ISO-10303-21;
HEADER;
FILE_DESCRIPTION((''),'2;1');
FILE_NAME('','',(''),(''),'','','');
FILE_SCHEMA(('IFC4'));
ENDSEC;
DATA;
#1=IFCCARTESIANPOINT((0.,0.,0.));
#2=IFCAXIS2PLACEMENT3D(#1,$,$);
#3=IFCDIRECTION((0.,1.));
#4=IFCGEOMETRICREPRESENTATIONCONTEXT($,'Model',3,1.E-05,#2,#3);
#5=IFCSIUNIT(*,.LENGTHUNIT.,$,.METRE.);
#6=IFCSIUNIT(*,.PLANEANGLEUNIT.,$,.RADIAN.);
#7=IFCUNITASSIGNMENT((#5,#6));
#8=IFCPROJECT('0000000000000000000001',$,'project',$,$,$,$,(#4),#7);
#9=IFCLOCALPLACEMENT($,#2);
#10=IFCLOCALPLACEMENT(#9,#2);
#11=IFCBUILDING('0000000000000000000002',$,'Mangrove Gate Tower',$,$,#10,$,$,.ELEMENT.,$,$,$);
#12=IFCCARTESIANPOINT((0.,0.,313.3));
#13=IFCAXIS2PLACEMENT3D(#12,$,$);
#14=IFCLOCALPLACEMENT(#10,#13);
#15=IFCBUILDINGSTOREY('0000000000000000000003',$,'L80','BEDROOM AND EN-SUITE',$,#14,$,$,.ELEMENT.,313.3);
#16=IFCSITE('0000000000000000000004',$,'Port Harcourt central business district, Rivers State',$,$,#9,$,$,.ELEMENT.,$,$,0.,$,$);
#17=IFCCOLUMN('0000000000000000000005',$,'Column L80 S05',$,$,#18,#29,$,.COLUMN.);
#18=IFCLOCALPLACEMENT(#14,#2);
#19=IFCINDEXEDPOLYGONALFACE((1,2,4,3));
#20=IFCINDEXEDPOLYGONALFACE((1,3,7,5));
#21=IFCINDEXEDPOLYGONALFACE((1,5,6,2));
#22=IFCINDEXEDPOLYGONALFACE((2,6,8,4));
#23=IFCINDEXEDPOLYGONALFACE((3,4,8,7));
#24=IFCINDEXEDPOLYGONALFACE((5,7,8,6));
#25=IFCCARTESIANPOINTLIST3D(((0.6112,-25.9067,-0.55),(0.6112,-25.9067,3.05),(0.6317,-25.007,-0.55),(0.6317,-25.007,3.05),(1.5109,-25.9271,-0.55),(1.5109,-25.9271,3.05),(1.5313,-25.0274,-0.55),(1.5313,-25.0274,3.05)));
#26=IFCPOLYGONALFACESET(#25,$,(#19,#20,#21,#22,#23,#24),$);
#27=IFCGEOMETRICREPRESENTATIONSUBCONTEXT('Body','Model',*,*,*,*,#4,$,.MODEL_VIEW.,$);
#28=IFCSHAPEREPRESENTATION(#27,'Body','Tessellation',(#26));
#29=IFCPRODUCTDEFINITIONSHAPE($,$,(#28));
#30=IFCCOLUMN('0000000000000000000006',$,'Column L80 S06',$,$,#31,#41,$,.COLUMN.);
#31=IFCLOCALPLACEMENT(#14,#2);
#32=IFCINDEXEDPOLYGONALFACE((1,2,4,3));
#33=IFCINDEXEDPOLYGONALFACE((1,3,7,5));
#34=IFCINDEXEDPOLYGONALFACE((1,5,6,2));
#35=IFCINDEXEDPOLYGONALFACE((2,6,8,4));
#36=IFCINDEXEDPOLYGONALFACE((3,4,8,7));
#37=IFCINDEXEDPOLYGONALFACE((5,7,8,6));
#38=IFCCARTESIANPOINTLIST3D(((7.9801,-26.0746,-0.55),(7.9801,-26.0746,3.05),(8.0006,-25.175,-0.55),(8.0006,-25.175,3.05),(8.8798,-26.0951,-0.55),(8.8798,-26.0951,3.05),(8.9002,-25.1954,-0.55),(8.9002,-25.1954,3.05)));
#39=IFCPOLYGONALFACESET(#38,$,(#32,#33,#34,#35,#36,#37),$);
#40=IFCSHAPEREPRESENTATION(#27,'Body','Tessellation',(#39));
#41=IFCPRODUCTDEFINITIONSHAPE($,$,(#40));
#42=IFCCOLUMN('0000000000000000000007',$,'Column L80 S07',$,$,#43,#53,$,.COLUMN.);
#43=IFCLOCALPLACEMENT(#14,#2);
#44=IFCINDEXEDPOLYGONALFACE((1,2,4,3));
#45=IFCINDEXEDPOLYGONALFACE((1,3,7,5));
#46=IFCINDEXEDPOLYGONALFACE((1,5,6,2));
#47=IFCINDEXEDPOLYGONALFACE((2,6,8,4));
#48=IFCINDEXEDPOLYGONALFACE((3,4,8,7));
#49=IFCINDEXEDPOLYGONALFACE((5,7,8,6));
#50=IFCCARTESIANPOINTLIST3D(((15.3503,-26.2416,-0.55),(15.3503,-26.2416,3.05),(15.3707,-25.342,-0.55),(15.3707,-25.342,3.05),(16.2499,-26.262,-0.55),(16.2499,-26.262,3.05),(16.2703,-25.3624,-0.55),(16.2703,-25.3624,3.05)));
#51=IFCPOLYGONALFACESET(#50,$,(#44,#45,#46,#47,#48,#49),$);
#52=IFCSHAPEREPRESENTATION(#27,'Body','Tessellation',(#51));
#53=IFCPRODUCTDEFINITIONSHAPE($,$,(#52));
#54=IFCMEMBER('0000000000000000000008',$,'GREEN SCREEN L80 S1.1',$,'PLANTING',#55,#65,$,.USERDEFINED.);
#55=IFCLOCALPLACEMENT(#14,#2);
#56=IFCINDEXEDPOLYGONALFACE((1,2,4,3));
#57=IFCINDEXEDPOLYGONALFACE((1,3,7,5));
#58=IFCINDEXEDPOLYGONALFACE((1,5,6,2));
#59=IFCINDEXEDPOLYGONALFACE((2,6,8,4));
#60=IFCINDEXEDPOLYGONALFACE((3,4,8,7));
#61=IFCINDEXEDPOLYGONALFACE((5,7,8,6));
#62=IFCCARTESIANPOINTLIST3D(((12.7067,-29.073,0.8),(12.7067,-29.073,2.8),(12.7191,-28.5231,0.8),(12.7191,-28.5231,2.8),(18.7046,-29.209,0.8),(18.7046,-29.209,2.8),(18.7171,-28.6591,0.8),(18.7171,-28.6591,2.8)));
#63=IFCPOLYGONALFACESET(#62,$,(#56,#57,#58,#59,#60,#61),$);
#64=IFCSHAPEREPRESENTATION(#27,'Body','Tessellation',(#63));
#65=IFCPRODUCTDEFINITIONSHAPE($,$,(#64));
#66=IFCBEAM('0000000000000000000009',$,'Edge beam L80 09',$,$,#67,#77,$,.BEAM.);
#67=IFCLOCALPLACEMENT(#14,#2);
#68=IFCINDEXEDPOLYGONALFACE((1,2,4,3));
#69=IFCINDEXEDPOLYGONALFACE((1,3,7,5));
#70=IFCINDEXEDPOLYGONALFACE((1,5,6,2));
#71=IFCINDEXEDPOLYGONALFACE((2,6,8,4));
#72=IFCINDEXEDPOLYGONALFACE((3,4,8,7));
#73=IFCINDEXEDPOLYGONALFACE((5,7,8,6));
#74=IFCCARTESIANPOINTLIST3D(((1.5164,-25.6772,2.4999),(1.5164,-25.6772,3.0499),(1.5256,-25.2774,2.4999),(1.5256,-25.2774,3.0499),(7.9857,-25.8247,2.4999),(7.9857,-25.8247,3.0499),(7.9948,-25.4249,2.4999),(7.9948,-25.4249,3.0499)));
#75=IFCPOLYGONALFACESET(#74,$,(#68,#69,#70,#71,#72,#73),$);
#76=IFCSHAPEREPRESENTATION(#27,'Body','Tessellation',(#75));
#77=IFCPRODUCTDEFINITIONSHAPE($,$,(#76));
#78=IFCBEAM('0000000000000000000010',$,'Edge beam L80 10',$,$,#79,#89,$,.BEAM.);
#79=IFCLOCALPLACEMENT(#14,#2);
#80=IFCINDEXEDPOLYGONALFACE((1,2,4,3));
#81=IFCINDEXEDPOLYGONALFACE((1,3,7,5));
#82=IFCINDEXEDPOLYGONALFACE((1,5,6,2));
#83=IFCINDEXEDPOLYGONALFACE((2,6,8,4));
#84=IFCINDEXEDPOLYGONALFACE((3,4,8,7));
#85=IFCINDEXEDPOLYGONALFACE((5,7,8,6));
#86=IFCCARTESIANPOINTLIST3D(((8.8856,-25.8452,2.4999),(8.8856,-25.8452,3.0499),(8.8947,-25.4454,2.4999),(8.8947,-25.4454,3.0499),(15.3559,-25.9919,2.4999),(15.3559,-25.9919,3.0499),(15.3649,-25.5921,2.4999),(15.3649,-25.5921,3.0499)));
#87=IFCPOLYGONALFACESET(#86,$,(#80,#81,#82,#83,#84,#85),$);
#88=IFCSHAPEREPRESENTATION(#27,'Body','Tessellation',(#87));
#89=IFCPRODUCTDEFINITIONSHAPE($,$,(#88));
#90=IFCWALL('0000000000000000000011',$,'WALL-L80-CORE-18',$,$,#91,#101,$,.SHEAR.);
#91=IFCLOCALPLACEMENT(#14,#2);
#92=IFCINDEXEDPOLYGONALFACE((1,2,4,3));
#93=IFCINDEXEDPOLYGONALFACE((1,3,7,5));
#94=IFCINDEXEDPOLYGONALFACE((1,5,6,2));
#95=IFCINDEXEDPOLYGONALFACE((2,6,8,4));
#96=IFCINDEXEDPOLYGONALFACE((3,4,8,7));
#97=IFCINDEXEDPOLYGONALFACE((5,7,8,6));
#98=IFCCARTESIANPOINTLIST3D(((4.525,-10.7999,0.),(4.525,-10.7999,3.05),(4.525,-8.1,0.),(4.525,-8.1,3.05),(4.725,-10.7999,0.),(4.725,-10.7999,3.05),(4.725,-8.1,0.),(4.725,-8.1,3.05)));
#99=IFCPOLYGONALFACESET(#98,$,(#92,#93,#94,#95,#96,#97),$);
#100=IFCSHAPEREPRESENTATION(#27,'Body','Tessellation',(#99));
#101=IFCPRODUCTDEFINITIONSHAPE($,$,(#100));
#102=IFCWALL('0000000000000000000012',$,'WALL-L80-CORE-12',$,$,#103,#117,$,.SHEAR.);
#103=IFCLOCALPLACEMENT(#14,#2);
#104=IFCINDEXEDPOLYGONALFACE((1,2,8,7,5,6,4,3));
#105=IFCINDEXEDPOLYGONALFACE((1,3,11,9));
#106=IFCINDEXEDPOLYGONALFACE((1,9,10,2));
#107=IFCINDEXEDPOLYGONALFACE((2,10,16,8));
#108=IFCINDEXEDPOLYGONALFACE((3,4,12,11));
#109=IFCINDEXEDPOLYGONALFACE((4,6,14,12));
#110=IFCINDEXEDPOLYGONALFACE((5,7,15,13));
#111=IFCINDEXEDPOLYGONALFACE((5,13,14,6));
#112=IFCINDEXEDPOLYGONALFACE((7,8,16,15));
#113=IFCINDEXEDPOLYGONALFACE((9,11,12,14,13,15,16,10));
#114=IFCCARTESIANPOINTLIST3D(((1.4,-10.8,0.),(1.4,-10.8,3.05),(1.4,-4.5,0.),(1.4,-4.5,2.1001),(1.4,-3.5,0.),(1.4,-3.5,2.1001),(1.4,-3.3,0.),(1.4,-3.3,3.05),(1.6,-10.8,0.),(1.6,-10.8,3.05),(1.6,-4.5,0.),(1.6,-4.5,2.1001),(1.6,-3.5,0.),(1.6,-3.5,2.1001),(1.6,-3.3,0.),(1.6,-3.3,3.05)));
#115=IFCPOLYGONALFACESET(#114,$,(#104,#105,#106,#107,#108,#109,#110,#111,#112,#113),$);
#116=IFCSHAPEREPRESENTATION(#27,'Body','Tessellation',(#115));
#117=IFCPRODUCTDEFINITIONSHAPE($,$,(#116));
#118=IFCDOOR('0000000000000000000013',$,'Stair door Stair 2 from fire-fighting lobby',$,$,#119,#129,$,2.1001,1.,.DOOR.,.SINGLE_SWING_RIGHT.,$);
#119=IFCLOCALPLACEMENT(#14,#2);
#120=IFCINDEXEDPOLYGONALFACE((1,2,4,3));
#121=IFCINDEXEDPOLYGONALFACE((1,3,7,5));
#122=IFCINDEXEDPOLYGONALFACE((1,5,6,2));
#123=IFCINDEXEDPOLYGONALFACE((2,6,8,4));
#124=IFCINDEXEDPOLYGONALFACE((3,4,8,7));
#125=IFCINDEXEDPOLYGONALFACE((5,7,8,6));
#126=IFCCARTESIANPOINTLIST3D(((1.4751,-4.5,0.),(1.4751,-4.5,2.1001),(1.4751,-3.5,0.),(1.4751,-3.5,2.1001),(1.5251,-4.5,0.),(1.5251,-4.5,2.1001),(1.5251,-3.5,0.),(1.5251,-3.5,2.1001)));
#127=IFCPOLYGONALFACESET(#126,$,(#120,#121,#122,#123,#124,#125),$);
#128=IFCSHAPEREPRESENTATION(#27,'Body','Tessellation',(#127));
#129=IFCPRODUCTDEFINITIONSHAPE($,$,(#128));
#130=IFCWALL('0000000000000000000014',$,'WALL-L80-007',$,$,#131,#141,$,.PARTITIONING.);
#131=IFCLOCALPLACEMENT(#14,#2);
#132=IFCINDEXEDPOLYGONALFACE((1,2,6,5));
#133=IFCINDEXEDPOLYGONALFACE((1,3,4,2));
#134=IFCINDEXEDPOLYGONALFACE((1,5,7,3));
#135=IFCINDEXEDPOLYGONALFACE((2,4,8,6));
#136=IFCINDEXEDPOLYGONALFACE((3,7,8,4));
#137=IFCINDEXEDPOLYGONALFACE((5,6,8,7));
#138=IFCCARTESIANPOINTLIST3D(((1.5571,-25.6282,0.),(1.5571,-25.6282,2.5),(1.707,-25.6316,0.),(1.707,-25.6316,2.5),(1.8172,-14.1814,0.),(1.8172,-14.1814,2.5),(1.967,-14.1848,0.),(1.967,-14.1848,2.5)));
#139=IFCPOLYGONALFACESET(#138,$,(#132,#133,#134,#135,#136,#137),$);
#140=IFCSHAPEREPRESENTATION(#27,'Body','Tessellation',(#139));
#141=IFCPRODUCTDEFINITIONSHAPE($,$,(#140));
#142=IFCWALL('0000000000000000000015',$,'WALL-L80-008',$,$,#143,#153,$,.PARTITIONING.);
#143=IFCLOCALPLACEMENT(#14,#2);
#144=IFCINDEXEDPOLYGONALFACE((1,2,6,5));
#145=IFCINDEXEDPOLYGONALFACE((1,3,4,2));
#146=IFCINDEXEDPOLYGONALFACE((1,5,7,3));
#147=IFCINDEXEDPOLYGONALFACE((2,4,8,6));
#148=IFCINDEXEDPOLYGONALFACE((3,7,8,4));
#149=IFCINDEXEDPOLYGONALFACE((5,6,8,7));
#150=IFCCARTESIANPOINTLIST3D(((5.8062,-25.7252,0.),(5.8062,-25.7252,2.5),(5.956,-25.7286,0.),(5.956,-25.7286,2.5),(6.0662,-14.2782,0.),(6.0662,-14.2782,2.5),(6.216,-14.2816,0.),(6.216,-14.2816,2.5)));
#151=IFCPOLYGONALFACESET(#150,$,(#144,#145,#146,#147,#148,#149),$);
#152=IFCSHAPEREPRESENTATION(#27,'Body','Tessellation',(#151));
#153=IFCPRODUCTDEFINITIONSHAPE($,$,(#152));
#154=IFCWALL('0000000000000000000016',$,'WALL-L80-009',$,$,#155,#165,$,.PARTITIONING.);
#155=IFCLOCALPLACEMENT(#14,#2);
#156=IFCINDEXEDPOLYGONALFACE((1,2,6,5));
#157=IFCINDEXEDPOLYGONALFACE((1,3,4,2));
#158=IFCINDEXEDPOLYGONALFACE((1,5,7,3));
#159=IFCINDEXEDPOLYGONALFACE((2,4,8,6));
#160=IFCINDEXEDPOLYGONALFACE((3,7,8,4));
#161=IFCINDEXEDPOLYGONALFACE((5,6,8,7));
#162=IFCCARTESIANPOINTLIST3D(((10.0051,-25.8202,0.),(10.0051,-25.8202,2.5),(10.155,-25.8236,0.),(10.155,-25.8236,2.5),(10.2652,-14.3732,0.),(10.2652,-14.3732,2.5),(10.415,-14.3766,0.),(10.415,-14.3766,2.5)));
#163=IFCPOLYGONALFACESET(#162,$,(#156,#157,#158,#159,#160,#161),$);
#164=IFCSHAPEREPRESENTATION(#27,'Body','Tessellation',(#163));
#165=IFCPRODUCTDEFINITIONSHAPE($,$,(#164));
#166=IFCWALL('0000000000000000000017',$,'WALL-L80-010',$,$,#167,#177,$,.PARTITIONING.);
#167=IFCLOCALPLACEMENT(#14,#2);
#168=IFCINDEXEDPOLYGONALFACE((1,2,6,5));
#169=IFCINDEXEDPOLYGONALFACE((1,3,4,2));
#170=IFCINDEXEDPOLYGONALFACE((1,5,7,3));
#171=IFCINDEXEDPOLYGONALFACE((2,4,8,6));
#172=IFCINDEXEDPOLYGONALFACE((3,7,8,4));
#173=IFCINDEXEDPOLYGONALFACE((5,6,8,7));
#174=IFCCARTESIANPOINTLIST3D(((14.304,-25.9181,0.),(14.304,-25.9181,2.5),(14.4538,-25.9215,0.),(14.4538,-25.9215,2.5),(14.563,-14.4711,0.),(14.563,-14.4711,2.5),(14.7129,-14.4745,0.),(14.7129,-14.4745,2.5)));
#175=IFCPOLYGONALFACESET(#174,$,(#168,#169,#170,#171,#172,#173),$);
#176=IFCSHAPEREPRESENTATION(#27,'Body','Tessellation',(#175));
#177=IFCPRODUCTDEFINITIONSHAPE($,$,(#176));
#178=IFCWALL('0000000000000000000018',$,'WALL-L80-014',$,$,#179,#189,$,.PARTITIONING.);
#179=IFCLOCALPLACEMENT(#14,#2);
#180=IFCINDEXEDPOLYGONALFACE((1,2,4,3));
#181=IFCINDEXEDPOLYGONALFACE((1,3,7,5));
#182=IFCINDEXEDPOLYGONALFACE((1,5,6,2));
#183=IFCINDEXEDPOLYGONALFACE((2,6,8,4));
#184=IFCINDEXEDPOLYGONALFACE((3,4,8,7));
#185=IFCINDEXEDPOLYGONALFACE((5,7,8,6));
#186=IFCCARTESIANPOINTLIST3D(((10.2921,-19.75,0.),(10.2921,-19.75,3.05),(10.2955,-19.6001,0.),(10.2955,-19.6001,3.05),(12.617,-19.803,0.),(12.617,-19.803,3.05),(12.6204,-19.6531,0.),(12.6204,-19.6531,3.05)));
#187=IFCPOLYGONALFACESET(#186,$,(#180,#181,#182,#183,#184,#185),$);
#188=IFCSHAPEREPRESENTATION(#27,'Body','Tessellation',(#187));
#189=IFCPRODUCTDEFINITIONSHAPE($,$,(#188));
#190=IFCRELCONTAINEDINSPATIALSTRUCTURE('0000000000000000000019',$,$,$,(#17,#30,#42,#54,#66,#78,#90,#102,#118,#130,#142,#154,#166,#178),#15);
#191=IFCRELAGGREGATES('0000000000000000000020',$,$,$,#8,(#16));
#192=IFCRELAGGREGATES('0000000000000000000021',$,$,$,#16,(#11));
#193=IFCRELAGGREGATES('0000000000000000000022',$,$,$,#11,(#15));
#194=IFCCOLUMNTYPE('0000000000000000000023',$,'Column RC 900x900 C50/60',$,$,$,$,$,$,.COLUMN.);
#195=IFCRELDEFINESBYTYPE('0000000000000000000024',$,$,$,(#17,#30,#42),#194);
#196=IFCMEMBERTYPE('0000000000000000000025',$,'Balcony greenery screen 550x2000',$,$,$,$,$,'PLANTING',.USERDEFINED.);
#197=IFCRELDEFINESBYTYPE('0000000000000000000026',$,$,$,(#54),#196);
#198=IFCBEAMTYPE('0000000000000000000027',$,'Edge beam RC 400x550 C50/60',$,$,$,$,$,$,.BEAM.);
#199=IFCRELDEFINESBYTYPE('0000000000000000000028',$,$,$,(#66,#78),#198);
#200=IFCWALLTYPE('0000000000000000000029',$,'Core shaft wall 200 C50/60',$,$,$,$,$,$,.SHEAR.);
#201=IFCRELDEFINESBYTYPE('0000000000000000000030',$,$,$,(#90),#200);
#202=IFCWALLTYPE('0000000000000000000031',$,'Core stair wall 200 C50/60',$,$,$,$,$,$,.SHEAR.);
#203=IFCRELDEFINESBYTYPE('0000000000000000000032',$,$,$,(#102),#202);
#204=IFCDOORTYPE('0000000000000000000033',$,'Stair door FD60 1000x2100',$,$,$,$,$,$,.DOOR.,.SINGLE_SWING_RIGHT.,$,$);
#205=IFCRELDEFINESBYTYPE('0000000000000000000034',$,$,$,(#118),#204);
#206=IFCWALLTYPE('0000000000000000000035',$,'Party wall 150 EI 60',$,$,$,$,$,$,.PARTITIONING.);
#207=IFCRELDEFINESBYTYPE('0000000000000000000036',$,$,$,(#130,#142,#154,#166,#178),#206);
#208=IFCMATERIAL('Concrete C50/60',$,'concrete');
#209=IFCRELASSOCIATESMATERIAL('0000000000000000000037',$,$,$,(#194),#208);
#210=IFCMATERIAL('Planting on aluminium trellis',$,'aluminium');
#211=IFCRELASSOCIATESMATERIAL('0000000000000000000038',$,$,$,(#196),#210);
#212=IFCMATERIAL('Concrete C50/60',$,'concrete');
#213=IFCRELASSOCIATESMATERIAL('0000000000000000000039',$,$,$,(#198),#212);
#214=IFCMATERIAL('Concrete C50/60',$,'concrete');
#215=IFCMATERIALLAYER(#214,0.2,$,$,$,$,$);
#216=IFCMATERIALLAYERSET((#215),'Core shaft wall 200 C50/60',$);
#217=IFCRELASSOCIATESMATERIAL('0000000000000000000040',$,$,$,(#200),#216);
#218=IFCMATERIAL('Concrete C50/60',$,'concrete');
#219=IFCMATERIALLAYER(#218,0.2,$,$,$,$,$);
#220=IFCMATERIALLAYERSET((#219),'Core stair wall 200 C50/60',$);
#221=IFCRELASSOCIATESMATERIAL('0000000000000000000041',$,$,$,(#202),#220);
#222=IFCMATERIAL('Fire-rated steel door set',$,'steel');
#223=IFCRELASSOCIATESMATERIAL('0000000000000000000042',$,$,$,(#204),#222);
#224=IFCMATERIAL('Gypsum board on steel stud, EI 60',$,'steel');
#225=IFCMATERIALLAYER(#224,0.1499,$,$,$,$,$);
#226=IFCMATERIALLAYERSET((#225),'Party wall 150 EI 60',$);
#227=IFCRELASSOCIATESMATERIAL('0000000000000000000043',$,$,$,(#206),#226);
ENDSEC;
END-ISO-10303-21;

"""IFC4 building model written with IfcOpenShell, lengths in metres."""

from ifc_helpers import new_model, si_unit, direction, frame, frame_2d, origin, origin_2d, place, context, subcontext, project, spatial, rectangle, extrude, material, layer, layer_set, material_profile, profile_set, type_object, element, fill, save


model = new_model("IFC4")

# Units and contexts
model_context = context("Model", 3, precision=1e-05, world=origin(), true_north=direction((0.0, 1.0)))
body_context = subcontext(model_context, "Body", "Model", "MODEL_VIEW")
ifc_project = project(units=[si_unit("LENGTHUNIT", "METRE"), si_unit("PLANEANGLEUNIT", "RADIAN")], contexts=[model_context])

# Site, building, storey
site_placement = place(None, origin())
site = spatial("IfcSite", under=ifc_project, at=site_placement, Name="Port Harcourt central business district, Rivers State", CompositionType="ELEMENT", RefElevation=0.0)
building_placement = place(site_placement, origin())
building = spatial("IfcBuilding", under=site, at=building_placement, Name="Mangrove Gate Tower", CompositionType="ELEMENT")
storey_placement = place(building_placement, frame((0.0, 0.0, 313.3)))
storey = spatial("IfcBuildingStorey", under=building, at=storey_placement, Name="L80", Description="BEDROOM AND EN-SUITE", CompositionType="ELEMENT", Elevation=313.3)

# Columns
ifc_material_1 = material(Name="Concrete C50/60", Category="concrete")
ifc_material_profile_1 = material_profile(ifc_material_1, rectangle(XDim=0.8999, YDim=0.8999, at=origin_2d()))
ifc_profile_set_1 = profile_set([ifc_material_profile_1], Name="Concrete C50/60")
column_type = type_object("IfcColumnType", Name="Column RC 900x900 C50/60", PredefinedType="COLUMN", material=ifc_profile_set_1)
for number, where, z_axis, x_axis, name in (
    (1, (1.0713, -25.467, -0.55), (0.0, 0.0, 1.0), (0.999742, -0.022723, 0.0), "Column L80 S05"),
    (2, (8.4402, -25.635, -0.55), (0.0, 0.0, 1.0), (0.999742, -0.022723, 0.0), "Column L80 S06"),
    (3, (15.8103, -25.802, -0.55), (0.0, 0.0, 1.0), (0.999743, -0.022654, 0.0), "Column L80 S07"),
):
    element("IfcColumn", number, at=place(storey_placement, frame(where, z_axis=z_axis, x_axis=x_axis)), inside=storey, type_object=column_type, Name=name, PredefinedType="COLUMN", context=body_context, shape_type="SweptSolid", body=[
        extrude(rectangle(XDim=0.8999, YDim=0.8999, at=origin_2d()), origin(), (0.0, 0.0, 1.0), 3.6001),
    ])

# Member
ifc_material_2 = material(Name="Planting on aluminium trellis", Category="aluminium")
ifc_material_profile_2 = material_profile(ifc_material_2, rectangle(XDim=0.55, YDim=2.0, at=origin_2d()))
ifc_profile_set_2 = profile_set([ifc_material_profile_2], Name="Planting on aluminium trellis")
member_type = type_object("IfcMemberType", Name="Balcony greenery screen 550x2000", ElementType="PLANTING", PredefinedType="USERDEFINED", material=ifc_profile_set_2)
member_placement = place(storey_placement, frame((12.7129, -28.7981, 1.8), z_axis=(0.999743, -0.022666, 0.0), x_axis=(0.022666, 0.999743, 0.0)))
element("IfcMember", 4, at=member_placement, inside=storey, type_object=member_type, Name="GREEN SCREEN L80 S1.1", ObjectType="PLANTING", PredefinedType="USERDEFINED", context=body_context, shape_type="SweptSolid", body=[
    extrude(rectangle(XDim=0.55, YDim=2.0, at=origin_2d()), origin(), (0.0, 0.0, 1.0), 5.9995),
])

# Beams
ifc_material_3 = material(Name="Concrete C50/60", Category="concrete")
ifc_material_profile_3 = material_profile(ifc_material_3, rectangle(XDim=0.3999, YDim=0.55, at=origin_2d()))
ifc_profile_set_3 = profile_set([ifc_material_profile_3], Name="Concrete C50/60")
beam_type = type_object("IfcBeamType", Name="Edge beam RC 400x550 C50/60", PredefinedType="BEAM", material=ifc_profile_set_3)
beam_1_placement = place(storey_placement, frame((1.521, -25.4773, 2.7749), z_axis=(0.99974, -0.022788, 0.0), x_axis=(0.022788, 0.99974, 0.0)))
element("IfcBeam", 5, at=beam_1_placement, inside=storey, type_object=beam_type, Name="Edge beam L80 09", PredefinedType="BEAM", context=body_context, shape_type="SweptSolid", body=[
    extrude(rectangle(XDim=0.3999, YDim=0.55, at=origin_2d()), origin(), (0.0, 0.0, 1.0), 6.4709),
])
beam_2_placement = place(storey_placement, frame((8.8901, -25.6453, 2.7749), z_axis=(0.999743, -0.022672, 0.0), x_axis=(0.022672, 0.999743, 0.0)))
element("IfcBeam", 6, at=beam_2_placement, inside=storey, type_object=beam_type, Name="Edge beam L80 10", PredefinedType="BEAM", context=body_context, shape_type="SweptSolid", body=[
    extrude(rectangle(XDim=0.3999, YDim=0.55, at=origin_2d()), origin(), (0.0, 0.0, 1.0), 6.4719),
])

# Wall
ifc_material_4 = material(Name="Concrete C50/60", Category="concrete")
ifc_layer_1 = layer(ifc_material_4, 0.2)
ifc_layer_set_1 = layer_set([ifc_layer_1], Name="Core shaft wall 200 C50/60")
wall_type_1 = type_object("IfcWallType", Name="Core shaft wall 200 C50/60", PredefinedType="SHEAR", material=ifc_layer_set_1)
wall_1_placement = place(storey_placement, frame((4.625, -10.8, 0.0), z_axis=(0.0, 0.0, 1.0), x_axis=(0.0, 1.0, 0.0)))
element("IfcWall", 7, at=wall_1_placement, inside=storey, type_object=wall_type_1, Name="WALL-L80-CORE-18", PredefinedType="SHEAR", context=body_context, shape_type="SweptSolid", body=[
    extrude(rectangle(XDim=2.7, YDim=0.2, at=frame_2d((1.3501, 0.0))), origin(), (0.0, 0.0, 1.0), 3.05),
])

# Wall, opening, door
ifc_material_5 = material(Name="Concrete C50/60", Category="concrete")
ifc_layer_2 = layer(ifc_material_5, 0.2)
ifc_layer_set_2 = layer_set([ifc_layer_2], Name="Core stair wall 200 C50/60")
wall_type_2 = type_object("IfcWallType", Name="Core stair wall 200 C50/60", PredefinedType="SHEAR", material=ifc_layer_set_2)
wall_2_placement = place(storey_placement, frame((1.5, -10.8, 0.0), z_axis=(0.0, 0.0, 1.0), x_axis=(0.0, 1.0, 0.0)))
wall_2 = element("IfcWall", 8, at=wall_2_placement, inside=storey, type_object=wall_type_2, Name="WALL-L80-CORE-12", PredefinedType="SHEAR", context=body_context, shape_type="SweptSolid", body=[
    extrude(rectangle(XDim=7.5, YDim=0.2, at=frame_2d((3.75, 0.0))), origin(), (0.0, 0.0, 1.0), 3.05),
])
opening_1_placement = place(wall_2_placement, frame((6.3, 0.0, 0.0)))
opening_1 = element("IfcOpeningElement", 9, at=opening_1_placement, cuts=wall_2, PredefinedType="OPENING", context=body_context, shape_type="SweptSolid", body=[
    extrude(rectangle(XDim=1.0, YDim=2.1001, at=frame_2d((0.5, 1.05))), frame((0.0, 0.1099, 0.0), z_axis=(0.0, -1.0, 0.0), x_axis=(1.0, 0.0, 0.0)), (0.0, 0.0, 1.0), 0.22),
])
ifc_material_6 = material(Name="Fire-rated steel door set", Category="steel")
door_type_1 = type_object("IfcDoorType", Name="Stair door FD60 1000x2100", OperationType="SINGLE_SWING_RIGHT", PredefinedType="DOOR", material=ifc_material_6)
door_1_placement = place(opening_1_placement, origin())
door_1 = element("IfcDoor", 10, at=door_1_placement, inside=storey, type_object=door_type_1, Name="Stair door Stair 2 from fire-fighting lobby", OperationType="SINGLE_SWING_RIGHT", OverallHeight=2.1001, OverallWidth=1.0, PredefinedType="DOOR", context=body_context, shape_type="SweptSolid", body=[
    extrude(rectangle(XDim=1.0, YDim=2.1001, at=frame_2d((0.5, 1.05))), frame((0.0, 0.0249, 0.0), z_axis=(0.0, -1.0, 0.0), x_axis=(1.0, 0.0, 0.0)), (0.0, 0.0, 1.0), 0.05),
])
fill(opening_1, door_1)

# Walls
ifc_material_7 = material(Name="Gypsum board on steel stud, EI 60", Category="steel")
ifc_layer_3 = layer(ifc_material_7, 0.1499)
ifc_layer_set_3 = layer_set([ifc_layer_3], Name="Party wall 150 EI 60")
wall_type_3 = type_object("IfcWallType", Name="Party wall 150 EI 60", PredefinedType="PARTITIONING", material=ifc_layer_set_3)
wall_3_placement = place(storey_placement, frame((1.6321, -25.6299, 0.0), z_axis=(0.0, 0.0, 1.0), x_axis=(0.022709, 0.999742, 0.0)))
element("IfcWall", 11, at=wall_3_placement, inside=storey, type_object=wall_type_3, Name="WALL-L80-007", PredefinedType="PARTITIONING", context=body_context, shape_type="SweptSolid", body=[
    extrude(rectangle(XDim=11.4497, YDim=0.1499, at=frame_2d((5.7249, 0.0))), origin(), (0.0, 0.0, 1.0), 2.5),
])
for number, where, z_axis, x_axis, name in (
    (12, (5.8811, -25.7271, 0.0), (0.0, 0.0, 1.0), (0.022708, 0.999742, 0.0), "WALL-L80-008"),
    (13, (10.0801, -25.822, 0.0), (0.0, 0.0, 1.0), (0.022708, 0.999742, 0.0), "WALL-L80-009"),
    (14, (14.3789, -25.9199, 0.0), (0.0, 0.0, 1.0), (0.022623, 0.999744, 0.0), "WALL-L80-010"),
):
    element("IfcWall", number, at=place(storey_placement, frame(where, z_axis=z_axis, x_axis=x_axis)), inside=storey, type_object=wall_type_3, Name=name, PredefinedType="PARTITIONING", context=body_context, shape_type="SweptSolid", body=[
        extrude(rectangle(XDim=11.45, YDim=0.1499, at=frame_2d((5.7251, 0.0))), origin(), (0.0, 0.0, 1.0), 2.5),
    ])
wall_4_placement = place(storey_placement, frame((10.2939, -19.675, 0.0), z_axis=(0.0, 0.0, 1.0), x_axis=(0.99974, -0.022781, 0.0)))
element("IfcWall", 15, at=wall_4_placement, inside=storey, type_object=wall_type_3, Name="WALL-L80-014", PredefinedType="PARTITIONING", context=body_context, shape_type="SweptSolid", body=[
    extrude(rectangle(XDim=2.3254, YDim=0.1499, at=frame_2d((1.1626, 0.0))), origin(), (0.0, 0.0, 1.0), 3.05),
])

save(model, "model.ifc")
